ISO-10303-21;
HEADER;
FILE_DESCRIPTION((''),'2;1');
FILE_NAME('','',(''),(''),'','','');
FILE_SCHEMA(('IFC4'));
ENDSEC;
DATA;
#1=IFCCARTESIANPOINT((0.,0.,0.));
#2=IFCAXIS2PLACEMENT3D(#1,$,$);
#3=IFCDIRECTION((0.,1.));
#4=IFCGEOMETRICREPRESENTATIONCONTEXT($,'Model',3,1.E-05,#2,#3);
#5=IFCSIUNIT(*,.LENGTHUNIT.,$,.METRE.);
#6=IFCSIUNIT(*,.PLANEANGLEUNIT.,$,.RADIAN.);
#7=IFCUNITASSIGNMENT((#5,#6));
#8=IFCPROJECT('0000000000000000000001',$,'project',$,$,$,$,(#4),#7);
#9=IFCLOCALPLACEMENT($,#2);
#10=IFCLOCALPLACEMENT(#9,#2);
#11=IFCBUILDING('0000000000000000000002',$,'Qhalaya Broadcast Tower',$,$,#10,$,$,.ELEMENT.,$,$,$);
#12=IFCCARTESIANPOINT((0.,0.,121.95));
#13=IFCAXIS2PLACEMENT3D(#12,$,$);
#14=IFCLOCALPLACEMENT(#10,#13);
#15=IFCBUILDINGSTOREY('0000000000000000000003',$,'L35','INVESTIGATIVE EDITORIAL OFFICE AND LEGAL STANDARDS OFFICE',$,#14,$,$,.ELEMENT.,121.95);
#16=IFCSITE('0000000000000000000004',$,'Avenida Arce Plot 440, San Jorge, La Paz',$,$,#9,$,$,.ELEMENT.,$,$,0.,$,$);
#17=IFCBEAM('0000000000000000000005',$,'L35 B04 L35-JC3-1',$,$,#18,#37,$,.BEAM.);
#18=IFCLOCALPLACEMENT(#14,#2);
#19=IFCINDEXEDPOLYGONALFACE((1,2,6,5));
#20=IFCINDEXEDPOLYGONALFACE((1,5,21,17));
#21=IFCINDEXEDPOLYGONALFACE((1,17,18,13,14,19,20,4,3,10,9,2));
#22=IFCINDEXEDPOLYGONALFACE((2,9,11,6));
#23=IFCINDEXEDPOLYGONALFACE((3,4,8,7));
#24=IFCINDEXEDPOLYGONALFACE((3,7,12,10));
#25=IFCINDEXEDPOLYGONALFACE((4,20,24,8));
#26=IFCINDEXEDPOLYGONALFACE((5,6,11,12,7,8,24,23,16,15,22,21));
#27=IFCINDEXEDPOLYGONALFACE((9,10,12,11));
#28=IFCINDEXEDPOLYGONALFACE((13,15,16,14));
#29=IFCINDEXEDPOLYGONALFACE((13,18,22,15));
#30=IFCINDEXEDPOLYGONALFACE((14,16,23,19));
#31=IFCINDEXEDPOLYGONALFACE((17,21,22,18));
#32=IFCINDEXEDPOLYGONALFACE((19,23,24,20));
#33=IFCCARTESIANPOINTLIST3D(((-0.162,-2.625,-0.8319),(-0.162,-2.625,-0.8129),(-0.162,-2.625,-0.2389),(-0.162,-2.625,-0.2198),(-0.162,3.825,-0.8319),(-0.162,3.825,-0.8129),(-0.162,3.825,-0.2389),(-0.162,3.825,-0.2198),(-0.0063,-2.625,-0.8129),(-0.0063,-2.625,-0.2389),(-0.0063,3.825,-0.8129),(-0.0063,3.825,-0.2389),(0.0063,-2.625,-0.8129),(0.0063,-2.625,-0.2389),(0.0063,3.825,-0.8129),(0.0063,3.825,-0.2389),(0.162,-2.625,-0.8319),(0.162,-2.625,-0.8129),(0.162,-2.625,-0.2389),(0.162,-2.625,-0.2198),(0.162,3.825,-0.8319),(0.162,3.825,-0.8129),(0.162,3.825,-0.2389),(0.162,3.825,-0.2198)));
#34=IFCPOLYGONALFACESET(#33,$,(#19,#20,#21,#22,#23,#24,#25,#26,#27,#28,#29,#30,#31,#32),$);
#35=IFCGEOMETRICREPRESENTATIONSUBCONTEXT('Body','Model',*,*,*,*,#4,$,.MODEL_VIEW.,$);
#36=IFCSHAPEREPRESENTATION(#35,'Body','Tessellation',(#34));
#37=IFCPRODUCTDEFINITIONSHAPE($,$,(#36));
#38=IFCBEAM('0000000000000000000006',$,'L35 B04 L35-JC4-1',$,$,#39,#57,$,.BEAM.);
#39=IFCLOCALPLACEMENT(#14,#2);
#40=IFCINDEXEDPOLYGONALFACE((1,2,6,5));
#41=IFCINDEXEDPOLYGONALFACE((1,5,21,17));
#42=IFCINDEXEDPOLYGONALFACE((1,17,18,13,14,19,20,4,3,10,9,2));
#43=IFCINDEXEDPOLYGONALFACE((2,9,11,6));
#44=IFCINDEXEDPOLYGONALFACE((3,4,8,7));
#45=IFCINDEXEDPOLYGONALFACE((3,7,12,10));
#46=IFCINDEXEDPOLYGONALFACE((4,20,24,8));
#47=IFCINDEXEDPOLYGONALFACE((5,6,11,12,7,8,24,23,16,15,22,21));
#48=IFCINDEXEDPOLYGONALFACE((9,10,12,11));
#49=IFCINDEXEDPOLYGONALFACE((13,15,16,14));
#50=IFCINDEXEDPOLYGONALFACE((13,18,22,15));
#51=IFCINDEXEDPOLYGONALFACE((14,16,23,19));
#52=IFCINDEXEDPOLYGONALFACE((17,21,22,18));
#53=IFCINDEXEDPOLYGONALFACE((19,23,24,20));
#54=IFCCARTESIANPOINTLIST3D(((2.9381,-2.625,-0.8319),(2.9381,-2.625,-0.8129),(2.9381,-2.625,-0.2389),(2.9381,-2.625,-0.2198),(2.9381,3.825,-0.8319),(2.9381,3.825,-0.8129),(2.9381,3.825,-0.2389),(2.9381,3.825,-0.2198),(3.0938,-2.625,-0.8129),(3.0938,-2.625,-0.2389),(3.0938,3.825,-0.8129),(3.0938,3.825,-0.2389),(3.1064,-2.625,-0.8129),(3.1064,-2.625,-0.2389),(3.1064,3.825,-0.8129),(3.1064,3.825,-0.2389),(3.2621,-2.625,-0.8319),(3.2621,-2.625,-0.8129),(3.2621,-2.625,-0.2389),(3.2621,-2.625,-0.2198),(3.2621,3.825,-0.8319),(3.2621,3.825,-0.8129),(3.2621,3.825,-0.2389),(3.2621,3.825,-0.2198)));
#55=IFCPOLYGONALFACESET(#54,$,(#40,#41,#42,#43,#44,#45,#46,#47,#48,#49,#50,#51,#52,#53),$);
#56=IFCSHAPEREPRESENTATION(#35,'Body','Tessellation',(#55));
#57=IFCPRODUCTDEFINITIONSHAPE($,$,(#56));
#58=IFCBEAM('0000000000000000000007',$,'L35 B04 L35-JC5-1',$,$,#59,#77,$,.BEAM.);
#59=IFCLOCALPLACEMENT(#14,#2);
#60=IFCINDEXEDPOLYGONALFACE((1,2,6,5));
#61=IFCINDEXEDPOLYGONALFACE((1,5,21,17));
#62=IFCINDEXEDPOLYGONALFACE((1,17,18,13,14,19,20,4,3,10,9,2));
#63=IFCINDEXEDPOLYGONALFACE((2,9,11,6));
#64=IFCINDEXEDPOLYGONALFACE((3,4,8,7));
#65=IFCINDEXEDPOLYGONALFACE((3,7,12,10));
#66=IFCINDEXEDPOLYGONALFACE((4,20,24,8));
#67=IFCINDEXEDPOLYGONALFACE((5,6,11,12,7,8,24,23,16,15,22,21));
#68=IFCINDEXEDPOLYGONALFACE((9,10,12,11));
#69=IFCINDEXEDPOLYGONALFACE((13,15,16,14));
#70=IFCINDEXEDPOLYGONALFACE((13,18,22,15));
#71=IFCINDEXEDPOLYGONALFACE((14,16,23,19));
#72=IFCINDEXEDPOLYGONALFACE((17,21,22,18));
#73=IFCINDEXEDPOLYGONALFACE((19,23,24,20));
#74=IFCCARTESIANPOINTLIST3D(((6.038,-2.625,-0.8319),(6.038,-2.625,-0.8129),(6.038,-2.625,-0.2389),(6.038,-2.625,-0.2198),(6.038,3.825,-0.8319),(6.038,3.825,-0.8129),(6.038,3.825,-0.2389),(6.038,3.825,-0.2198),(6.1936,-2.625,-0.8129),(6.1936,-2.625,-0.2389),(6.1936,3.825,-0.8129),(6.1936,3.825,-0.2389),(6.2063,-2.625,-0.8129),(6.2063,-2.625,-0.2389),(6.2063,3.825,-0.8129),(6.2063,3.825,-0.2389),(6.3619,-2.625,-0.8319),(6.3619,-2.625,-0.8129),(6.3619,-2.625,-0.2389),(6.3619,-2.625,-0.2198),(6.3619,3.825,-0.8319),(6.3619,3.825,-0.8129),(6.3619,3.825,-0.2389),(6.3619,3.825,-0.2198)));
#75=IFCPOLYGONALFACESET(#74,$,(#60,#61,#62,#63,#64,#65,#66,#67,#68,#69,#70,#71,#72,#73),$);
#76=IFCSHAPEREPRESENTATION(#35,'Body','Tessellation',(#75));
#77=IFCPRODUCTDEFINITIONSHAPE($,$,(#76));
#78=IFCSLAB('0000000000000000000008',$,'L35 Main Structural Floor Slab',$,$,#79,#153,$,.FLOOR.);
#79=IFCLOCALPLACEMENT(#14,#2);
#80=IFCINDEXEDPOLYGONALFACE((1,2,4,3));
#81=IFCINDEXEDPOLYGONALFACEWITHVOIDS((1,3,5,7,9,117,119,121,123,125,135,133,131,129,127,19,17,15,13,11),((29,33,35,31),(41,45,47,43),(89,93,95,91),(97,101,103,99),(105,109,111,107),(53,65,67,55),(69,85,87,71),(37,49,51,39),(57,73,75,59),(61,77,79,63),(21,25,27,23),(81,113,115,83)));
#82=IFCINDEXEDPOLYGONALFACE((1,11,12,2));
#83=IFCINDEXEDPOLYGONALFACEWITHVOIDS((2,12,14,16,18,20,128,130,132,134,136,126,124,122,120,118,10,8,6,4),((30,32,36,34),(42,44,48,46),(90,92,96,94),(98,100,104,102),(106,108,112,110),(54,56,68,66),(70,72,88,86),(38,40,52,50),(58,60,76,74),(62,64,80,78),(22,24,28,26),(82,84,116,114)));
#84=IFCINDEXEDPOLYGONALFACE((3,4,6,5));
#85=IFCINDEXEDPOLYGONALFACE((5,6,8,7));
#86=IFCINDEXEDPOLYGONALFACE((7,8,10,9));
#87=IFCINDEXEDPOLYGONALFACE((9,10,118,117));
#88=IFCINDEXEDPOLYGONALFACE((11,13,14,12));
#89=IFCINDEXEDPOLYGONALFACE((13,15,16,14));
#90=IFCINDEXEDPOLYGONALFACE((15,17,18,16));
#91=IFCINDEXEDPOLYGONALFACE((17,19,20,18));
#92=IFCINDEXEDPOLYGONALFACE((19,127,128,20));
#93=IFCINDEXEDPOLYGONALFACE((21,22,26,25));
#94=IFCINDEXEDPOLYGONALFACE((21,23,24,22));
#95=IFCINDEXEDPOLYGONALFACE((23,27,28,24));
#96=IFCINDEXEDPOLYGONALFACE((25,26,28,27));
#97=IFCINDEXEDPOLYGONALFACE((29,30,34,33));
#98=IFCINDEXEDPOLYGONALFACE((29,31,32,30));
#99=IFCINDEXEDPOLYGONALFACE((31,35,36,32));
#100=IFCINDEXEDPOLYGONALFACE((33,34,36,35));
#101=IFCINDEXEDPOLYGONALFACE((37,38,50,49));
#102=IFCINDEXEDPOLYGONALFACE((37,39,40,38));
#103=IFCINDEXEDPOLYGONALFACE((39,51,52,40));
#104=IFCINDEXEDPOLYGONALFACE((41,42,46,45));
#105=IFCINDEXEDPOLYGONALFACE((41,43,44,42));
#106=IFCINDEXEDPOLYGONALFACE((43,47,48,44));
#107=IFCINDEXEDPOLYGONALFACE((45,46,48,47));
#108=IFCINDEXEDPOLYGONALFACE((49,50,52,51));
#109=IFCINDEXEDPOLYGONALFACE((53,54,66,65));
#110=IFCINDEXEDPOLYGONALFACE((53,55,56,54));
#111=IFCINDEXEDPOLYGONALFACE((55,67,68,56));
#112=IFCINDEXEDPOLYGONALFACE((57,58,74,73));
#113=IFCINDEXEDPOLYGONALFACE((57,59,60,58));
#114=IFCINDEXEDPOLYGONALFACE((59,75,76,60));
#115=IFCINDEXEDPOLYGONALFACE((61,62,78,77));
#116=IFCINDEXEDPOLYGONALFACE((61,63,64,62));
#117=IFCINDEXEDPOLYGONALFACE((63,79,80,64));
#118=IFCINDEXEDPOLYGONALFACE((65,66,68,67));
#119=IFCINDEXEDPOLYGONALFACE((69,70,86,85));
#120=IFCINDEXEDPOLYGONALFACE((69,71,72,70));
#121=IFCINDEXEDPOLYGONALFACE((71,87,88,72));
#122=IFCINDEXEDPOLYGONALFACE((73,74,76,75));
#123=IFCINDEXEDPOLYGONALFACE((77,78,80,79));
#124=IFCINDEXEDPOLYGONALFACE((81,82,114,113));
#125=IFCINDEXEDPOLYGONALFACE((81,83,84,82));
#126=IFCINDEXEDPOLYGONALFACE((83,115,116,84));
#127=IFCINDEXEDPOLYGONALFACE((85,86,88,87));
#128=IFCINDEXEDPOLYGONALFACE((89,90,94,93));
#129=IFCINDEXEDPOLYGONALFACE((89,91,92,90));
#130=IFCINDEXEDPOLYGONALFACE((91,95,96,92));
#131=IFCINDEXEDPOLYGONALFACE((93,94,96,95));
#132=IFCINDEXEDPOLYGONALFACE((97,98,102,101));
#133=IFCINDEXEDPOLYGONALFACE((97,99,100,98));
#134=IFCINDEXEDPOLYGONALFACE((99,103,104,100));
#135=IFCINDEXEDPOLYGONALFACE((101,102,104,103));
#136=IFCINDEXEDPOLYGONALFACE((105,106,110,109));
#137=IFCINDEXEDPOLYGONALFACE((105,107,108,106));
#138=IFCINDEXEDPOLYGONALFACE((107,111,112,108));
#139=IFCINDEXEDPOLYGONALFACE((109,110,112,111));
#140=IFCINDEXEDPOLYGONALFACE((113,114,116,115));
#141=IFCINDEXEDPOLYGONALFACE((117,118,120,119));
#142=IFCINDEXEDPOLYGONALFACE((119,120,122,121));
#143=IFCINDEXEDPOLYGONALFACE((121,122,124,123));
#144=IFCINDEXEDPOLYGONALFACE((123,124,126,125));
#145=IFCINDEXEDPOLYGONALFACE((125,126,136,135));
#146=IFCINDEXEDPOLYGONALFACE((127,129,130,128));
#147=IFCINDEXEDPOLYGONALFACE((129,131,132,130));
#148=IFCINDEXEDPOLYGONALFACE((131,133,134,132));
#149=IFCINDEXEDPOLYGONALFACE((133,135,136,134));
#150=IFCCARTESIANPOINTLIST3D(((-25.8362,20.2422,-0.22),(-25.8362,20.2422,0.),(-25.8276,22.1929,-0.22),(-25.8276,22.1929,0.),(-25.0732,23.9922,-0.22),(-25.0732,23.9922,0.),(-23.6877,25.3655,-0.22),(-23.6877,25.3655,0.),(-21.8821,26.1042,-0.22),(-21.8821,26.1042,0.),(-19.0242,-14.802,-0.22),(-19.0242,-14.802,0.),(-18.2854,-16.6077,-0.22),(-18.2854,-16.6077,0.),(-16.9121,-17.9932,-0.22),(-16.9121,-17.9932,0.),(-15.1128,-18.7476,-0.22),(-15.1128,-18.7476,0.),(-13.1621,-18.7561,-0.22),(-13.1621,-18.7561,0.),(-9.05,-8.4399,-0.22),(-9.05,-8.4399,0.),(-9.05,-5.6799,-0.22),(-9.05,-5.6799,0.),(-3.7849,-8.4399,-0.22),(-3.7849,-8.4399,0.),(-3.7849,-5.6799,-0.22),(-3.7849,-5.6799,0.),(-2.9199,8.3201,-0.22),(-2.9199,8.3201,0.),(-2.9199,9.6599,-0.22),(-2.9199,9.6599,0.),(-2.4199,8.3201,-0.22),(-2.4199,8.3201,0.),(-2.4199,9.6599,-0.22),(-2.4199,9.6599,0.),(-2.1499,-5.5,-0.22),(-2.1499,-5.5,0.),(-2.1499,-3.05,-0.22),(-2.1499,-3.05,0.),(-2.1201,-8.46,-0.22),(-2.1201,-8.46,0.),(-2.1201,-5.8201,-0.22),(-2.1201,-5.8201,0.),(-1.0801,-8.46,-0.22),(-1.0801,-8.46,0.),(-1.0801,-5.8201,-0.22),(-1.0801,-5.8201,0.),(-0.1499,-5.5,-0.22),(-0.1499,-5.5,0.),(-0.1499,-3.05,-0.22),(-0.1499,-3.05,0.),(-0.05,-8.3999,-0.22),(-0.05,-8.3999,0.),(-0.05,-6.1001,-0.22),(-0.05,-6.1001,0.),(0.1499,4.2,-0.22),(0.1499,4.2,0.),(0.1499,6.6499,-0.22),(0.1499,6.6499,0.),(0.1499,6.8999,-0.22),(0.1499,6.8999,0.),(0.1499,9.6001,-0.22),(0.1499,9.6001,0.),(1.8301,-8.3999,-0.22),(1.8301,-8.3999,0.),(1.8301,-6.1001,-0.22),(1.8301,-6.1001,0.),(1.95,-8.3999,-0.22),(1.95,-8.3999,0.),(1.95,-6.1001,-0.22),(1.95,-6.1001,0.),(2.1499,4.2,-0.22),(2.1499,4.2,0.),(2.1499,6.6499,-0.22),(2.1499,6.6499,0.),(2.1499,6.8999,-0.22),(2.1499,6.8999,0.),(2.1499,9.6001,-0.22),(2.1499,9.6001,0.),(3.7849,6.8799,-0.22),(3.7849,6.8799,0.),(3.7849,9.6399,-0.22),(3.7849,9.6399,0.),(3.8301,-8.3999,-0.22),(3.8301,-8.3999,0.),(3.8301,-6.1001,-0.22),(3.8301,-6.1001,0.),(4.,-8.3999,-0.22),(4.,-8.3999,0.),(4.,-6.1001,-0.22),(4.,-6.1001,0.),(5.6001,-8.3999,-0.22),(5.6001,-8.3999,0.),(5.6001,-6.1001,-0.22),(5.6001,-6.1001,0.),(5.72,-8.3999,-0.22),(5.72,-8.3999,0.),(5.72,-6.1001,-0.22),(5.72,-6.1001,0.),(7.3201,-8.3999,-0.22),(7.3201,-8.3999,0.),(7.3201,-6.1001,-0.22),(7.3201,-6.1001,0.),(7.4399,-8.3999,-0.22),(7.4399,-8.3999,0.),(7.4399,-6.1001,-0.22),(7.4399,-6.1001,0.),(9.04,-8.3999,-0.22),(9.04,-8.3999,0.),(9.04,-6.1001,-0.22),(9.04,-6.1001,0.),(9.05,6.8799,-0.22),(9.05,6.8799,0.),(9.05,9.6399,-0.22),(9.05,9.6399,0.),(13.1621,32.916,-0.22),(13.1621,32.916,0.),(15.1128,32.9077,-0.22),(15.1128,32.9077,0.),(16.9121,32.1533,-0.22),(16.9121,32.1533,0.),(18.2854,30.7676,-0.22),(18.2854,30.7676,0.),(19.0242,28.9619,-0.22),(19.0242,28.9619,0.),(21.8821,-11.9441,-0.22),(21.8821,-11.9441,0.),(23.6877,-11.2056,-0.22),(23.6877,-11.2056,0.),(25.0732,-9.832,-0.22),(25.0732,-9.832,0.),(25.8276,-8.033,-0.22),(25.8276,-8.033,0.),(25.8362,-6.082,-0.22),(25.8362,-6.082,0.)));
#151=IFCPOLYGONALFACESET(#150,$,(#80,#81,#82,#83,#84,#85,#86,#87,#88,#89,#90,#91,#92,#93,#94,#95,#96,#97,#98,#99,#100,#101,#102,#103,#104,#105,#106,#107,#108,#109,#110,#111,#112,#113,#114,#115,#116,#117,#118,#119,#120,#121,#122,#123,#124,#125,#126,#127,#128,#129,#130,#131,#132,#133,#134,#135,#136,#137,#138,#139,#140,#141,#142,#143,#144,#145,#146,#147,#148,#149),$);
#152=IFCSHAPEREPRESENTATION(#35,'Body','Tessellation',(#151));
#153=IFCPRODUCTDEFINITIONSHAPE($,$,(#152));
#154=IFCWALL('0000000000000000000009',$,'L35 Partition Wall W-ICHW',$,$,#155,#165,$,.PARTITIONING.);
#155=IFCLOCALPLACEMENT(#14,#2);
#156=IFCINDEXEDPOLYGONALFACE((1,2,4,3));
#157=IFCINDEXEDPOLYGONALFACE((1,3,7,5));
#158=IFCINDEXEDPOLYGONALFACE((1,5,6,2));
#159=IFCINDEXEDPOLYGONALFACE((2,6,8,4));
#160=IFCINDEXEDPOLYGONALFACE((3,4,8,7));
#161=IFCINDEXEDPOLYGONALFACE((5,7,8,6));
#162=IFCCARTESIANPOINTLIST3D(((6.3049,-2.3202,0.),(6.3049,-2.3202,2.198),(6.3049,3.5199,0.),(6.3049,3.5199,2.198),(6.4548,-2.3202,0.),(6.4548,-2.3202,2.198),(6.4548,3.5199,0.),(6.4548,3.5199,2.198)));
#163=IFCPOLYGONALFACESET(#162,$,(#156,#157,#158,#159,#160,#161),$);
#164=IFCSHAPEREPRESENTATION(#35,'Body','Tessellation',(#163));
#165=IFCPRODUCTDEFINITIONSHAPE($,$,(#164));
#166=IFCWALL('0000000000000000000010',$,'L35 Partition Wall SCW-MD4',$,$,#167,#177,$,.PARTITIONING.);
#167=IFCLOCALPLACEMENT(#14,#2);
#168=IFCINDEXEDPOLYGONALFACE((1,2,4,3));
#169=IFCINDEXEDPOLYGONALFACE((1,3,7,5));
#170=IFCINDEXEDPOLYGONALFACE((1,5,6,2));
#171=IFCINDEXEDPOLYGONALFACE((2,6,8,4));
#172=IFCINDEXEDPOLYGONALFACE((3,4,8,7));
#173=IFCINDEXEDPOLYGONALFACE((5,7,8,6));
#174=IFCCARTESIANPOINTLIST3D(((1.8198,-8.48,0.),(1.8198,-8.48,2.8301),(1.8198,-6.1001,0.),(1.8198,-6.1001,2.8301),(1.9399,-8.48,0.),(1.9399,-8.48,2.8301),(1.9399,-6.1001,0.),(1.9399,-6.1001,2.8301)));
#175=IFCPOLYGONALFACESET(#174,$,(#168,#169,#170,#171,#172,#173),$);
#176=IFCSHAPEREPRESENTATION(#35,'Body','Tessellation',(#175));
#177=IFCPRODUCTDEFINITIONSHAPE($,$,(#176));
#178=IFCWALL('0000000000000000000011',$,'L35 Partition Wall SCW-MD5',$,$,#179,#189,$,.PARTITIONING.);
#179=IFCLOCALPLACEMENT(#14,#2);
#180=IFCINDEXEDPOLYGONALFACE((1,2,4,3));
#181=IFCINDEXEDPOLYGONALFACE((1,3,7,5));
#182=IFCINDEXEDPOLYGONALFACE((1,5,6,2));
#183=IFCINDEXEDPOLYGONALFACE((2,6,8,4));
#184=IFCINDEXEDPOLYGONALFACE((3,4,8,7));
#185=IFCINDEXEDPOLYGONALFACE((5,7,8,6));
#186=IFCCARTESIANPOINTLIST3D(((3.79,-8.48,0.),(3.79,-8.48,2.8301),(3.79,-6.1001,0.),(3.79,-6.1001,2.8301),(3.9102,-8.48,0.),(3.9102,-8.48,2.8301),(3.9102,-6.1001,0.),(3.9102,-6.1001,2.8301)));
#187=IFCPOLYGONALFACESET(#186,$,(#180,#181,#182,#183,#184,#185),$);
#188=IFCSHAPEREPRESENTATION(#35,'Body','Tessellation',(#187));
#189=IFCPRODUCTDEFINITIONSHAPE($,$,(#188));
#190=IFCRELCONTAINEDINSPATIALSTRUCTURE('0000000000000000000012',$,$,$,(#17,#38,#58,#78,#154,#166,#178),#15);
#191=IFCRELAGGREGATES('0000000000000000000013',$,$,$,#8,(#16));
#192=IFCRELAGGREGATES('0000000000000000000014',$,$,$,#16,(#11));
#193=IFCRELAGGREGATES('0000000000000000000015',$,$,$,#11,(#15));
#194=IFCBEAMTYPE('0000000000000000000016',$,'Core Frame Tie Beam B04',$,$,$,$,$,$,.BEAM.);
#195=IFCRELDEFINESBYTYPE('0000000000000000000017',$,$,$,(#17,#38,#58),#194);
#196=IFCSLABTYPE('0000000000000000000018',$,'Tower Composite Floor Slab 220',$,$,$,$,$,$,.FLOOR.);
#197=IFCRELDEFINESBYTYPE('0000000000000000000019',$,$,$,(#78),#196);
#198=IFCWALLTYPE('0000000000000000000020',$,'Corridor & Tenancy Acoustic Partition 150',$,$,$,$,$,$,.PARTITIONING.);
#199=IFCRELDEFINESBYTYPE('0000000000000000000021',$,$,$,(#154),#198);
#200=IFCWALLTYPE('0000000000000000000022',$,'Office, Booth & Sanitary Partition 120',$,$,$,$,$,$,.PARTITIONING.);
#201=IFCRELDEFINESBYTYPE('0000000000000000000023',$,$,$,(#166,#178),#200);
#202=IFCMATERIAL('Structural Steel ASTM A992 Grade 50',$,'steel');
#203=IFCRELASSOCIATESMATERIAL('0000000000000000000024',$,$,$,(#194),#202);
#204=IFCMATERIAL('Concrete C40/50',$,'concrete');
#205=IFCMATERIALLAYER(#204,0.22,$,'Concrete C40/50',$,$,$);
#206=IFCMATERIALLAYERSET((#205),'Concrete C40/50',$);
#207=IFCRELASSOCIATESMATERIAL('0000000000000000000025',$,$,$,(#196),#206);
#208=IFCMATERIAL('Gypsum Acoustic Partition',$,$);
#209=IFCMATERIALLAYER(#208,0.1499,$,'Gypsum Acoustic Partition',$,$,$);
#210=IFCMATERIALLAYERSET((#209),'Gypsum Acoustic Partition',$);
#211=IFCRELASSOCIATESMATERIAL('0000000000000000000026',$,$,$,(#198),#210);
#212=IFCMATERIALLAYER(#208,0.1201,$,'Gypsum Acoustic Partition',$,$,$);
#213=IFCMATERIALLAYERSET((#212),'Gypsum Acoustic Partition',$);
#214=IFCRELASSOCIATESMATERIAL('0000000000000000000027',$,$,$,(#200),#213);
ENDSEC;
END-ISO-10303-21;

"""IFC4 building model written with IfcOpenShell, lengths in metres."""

from ifc_helpers import new_model, si_unit, direction, frame, frame_2d, origin, origin_2d, place, context, subcontext, project, spatial, polyline, rectangle, i_section, outline, extrude, material, layer, layer_set, material_profile, profile_set, type_object, element, save


model = new_model("IFC4")

# Units and contexts
model_context = context("Model", 3, precision=1e-05, world=origin(), true_north=direction((0.0, 1.0)))
body_context = subcontext(model_context, "Body", "Model", "MODEL_VIEW")
ifc_project = project(units=[si_unit("LENGTHUNIT", "METRE"), si_unit("PLANEANGLEUNIT", "RADIAN")], contexts=[model_context])

# Site, building, storey
site_placement = place(None, origin())
site = spatial("IfcSite", under=ifc_project, at=site_placement, Name="Avenida Arce Plot 440, San Jorge, La Paz", CompositionType="ELEMENT", RefElevation=0.0)
building_placement = place(site_placement, origin())
building = spatial("IfcBuilding", under=site, at=building_placement, Name="Qhalaya Broadcast Tower", CompositionType="ELEMENT")
storey_placement = place(building_placement, frame((0.0, 0.0, 121.95)))
storey = spatial("IfcBuildingStorey", under=building, at=storey_placement, Name="L35", Description="INVESTIGATIVE EDITORIAL OFFICE AND LEGAL STANDARDS OFFICE", CompositionType="ELEMENT", Elevation=121.95)

# Beams
ifc_material_1 = material(Name="Structural Steel ASTM A992 Grade 50", Category="steel")
ifc_material_profile = material_profile(ifc_material_1, i_section(OverallWidth=0.324, OverallDepth=0.6121, WebThickness=0.0127, FlangeThickness=0.019, at=origin_2d()), Name="W24X104")
ifc_profile_set = profile_set([ifc_material_profile], Name="Structural Steel ASTM A992 Grade 50")
beam_type = type_object("IfcBeamType", Name="Core Frame Tie Beam B04", PredefinedType="BEAM", material=ifc_profile_set)
for number, where, z_axis, x_axis, name in (
    (1, (0.0, -2.625, -0.5259), (0.0, 1.0, 0.0), (-1.0, 0.0, 0.0), "L35 B04 L35-JC3-1"),
    (2, (3.1001, -2.625, -0.5259), (0.0, 1.0, 0.0), (-1.0, 0.0, 0.0), "L35 B04 L35-JC4-1"),
    (3, (6.2, -2.625, -0.5259), (0.0, 1.0, 0.0), (-1.0, 0.0, 0.0), "L35 B04 L35-JC5-1"),
):
    element("IfcBeam", number, at=place(storey_placement, frame(where, z_axis=z_axis, x_axis=x_axis)), inside=storey, type_object=beam_type, Name=name, PredefinedType="BEAM", context=body_context, shape_type="SweptSolid", body=[
        extrude(i_section(OverallWidth=0.324, OverallDepth=0.6121, WebThickness=0.0127, FlangeThickness=0.019, at=origin_2d()), origin(), (0.0, 0.0, 1.0), 6.45),
    ])

# Slab
ifc_material_2 = material(Name="Concrete C40/50", Category="concrete")
ifc_layer_1 = layer(ifc_material_2, 0.22, Name="Concrete C40/50")
ifc_layer_set_1 = layer_set([ifc_layer_1], Name="Concrete C40/50")
slab_type = type_object("IfcSlabType", Name="Tower Composite Floor Slab 220", PredefinedType="FLOOR", material=ifc_layer_set_1)
slab_placement = place(storey_placement, frame((0.0, 0.0, -0.22)))
element("IfcSlab", 4, at=slab_placement, inside=storey, type_object=slab_type, Name="L35 Main Structural Floor Slab", PredefinedType="FLOOR", context=body_context, shape_type="SweptSolid", body=[
    extrude(outline(polyline([(21.8821, -11.9441), (23.6877, -11.2056), (25.0732, -9.832), (25.8276, -8.033), (25.8362, -6.082), (19.0242, 28.9619), (18.2854, 30.7676), (16.9121, 32.1533), (15.1128, 32.9077), (13.1621, 32.916), (-21.8821, 26.1042), (-23.6877, 25.3655), (-25.0732, 23.9922), (-25.8276, 22.1929), (-25.8362, 20.2422), (-19.0242, -14.802), (-18.2854, -16.6077), (-16.9121, -17.9932), (-15.1128, -18.7476), (-13.1621, -18.7561), (21.8821, -11.9441)]), holes=[polyline([(3.7849, 9.6399), (9.05, 9.6399), (9.05, 6.8799), (3.7849, 6.8799), (3.7849, 9.6399)]), polyline([(-3.7849, -8.4399), (-9.05, -8.4399), (-9.05, -5.6799), (-3.7849, -5.6799), (-3.7849, -8.4399)]), polyline([(0.1499, 6.6499), (2.1499, 6.6499), (2.1499, 4.2), (0.1499, 4.2), (0.1499, 6.6499)]), polyline([(0.1499, 9.6001), (2.1499, 9.6001), (2.1499, 6.8999), (0.1499, 6.8999), (0.1499, 9.6001)]), polyline([(-2.1499, -3.05), (-0.1499, -3.05), (-0.1499, -5.5), (-2.1499, -5.5), (-2.1499, -3.05)]), polyline([(-0.05, -6.1001), (1.8301, -6.1001), (1.8301, -8.3999), (-0.05, -8.3999), (-0.05, -6.1001)]), polyline([(1.95, -6.1001), (3.8301, -6.1001), (3.8301, -8.3999), (1.95, -8.3999), (1.95, -6.1001)]), polyline([(4.0, -6.1001), (5.6001, -6.1001), (5.6001, -8.3999), (4.0, -8.3999), (4.0, -6.1001)]), polyline([(5.72, -6.1001), (7.3201, -6.1001), (7.3201, -8.3999), (5.72, -8.3999), (5.72, -6.1001)]), polyline([(7.4399, -6.1001), (9.04, -6.1001), (9.04, -8.3999), (7.4399, -8.3999), (7.4399, -6.1001)]), polyline([(-2.9199, 9.6599), (-2.4199, 9.6599), (-2.4199, 8.3201), (-2.9199, 8.3201), (-2.9199, 9.6599)]), polyline([(-2.1201, -5.8201), (-1.0801, -5.8201), (-1.0801, -8.46), (-2.1201, -8.46), (-2.1201, -5.8201)])]), origin(), (0.0, 0.0, 1.0), 0.22),
])

# Walls
ifc_material_3 = material(Name="Gypsum Acoustic Partition")
ifc_layer_2 = layer(ifc_material_3, 0.1499, Name="Gypsum Acoustic Partition")
ifc_layer_set_2 = layer_set([ifc_layer_2], Name="Gypsum Acoustic Partition")
wall_type_1 = type_object("IfcWallType", Name="Corridor & Tenancy Acoustic Partition 150", PredefinedType="PARTITIONING", material=ifc_layer_set_2)
wall_1_placement = place(storey_placement, frame((6.3799, -2.3201, 0.0), z_axis=(0.0, 0.0, 1.0), x_axis=(0.0, 1.0, 0.0)))
element("IfcWall", 5, at=wall_1_placement, inside=storey, type_object=wall_type_1, Name="L35 Partition Wall W-ICHW", PredefinedType="PARTITIONING", context=body_context, shape_type="SweptSolid", body=[
    extrude(rectangle(XDim=5.8401, YDim=0.1499, at=frame_2d((2.9199, 0.0))), origin(), (0.0, 0.0, 1.0), 2.198),
])
ifc_layer_3 = layer(ifc_material_3, 0.1201, Name="Gypsum Acoustic Partition")
ifc_layer_set_3 = layer_set([ifc_layer_3], Name="Gypsum Acoustic Partition")
wall_type_2 = type_object("IfcWallType", Name="Office, Booth & Sanitary Partition 120", PredefinedType="PARTITIONING", material=ifc_layer_set_3)
for number, where, z_axis, x_axis, name in (
    (6, (1.8799, -8.48, 0.0), (0.0, 0.0, 1.0), (0.0, 1.0, 0.0), "L35 Partition Wall SCW-MD4"),
    (7, (3.8501, -8.48, 0.0), (0.0, 0.0, 1.0), (0.0, 1.0, 0.0), "L35 Partition Wall SCW-MD5"),
):
    element("IfcWall", number, at=place(storey_placement, frame(where, z_axis=z_axis, x_axis=x_axis)), inside=storey, type_object=wall_type_2, Name=name, PredefinedType="PARTITIONING", context=body_context, shape_type="SweptSolid", body=[
        extrude(rectangle(XDim=2.3799, YDim=0.1201, at=frame_2d((1.1899, 0.0))), origin(), (0.0, 0.0, 1.0), 2.8301),
    ])

save(model, "model.ifc")
